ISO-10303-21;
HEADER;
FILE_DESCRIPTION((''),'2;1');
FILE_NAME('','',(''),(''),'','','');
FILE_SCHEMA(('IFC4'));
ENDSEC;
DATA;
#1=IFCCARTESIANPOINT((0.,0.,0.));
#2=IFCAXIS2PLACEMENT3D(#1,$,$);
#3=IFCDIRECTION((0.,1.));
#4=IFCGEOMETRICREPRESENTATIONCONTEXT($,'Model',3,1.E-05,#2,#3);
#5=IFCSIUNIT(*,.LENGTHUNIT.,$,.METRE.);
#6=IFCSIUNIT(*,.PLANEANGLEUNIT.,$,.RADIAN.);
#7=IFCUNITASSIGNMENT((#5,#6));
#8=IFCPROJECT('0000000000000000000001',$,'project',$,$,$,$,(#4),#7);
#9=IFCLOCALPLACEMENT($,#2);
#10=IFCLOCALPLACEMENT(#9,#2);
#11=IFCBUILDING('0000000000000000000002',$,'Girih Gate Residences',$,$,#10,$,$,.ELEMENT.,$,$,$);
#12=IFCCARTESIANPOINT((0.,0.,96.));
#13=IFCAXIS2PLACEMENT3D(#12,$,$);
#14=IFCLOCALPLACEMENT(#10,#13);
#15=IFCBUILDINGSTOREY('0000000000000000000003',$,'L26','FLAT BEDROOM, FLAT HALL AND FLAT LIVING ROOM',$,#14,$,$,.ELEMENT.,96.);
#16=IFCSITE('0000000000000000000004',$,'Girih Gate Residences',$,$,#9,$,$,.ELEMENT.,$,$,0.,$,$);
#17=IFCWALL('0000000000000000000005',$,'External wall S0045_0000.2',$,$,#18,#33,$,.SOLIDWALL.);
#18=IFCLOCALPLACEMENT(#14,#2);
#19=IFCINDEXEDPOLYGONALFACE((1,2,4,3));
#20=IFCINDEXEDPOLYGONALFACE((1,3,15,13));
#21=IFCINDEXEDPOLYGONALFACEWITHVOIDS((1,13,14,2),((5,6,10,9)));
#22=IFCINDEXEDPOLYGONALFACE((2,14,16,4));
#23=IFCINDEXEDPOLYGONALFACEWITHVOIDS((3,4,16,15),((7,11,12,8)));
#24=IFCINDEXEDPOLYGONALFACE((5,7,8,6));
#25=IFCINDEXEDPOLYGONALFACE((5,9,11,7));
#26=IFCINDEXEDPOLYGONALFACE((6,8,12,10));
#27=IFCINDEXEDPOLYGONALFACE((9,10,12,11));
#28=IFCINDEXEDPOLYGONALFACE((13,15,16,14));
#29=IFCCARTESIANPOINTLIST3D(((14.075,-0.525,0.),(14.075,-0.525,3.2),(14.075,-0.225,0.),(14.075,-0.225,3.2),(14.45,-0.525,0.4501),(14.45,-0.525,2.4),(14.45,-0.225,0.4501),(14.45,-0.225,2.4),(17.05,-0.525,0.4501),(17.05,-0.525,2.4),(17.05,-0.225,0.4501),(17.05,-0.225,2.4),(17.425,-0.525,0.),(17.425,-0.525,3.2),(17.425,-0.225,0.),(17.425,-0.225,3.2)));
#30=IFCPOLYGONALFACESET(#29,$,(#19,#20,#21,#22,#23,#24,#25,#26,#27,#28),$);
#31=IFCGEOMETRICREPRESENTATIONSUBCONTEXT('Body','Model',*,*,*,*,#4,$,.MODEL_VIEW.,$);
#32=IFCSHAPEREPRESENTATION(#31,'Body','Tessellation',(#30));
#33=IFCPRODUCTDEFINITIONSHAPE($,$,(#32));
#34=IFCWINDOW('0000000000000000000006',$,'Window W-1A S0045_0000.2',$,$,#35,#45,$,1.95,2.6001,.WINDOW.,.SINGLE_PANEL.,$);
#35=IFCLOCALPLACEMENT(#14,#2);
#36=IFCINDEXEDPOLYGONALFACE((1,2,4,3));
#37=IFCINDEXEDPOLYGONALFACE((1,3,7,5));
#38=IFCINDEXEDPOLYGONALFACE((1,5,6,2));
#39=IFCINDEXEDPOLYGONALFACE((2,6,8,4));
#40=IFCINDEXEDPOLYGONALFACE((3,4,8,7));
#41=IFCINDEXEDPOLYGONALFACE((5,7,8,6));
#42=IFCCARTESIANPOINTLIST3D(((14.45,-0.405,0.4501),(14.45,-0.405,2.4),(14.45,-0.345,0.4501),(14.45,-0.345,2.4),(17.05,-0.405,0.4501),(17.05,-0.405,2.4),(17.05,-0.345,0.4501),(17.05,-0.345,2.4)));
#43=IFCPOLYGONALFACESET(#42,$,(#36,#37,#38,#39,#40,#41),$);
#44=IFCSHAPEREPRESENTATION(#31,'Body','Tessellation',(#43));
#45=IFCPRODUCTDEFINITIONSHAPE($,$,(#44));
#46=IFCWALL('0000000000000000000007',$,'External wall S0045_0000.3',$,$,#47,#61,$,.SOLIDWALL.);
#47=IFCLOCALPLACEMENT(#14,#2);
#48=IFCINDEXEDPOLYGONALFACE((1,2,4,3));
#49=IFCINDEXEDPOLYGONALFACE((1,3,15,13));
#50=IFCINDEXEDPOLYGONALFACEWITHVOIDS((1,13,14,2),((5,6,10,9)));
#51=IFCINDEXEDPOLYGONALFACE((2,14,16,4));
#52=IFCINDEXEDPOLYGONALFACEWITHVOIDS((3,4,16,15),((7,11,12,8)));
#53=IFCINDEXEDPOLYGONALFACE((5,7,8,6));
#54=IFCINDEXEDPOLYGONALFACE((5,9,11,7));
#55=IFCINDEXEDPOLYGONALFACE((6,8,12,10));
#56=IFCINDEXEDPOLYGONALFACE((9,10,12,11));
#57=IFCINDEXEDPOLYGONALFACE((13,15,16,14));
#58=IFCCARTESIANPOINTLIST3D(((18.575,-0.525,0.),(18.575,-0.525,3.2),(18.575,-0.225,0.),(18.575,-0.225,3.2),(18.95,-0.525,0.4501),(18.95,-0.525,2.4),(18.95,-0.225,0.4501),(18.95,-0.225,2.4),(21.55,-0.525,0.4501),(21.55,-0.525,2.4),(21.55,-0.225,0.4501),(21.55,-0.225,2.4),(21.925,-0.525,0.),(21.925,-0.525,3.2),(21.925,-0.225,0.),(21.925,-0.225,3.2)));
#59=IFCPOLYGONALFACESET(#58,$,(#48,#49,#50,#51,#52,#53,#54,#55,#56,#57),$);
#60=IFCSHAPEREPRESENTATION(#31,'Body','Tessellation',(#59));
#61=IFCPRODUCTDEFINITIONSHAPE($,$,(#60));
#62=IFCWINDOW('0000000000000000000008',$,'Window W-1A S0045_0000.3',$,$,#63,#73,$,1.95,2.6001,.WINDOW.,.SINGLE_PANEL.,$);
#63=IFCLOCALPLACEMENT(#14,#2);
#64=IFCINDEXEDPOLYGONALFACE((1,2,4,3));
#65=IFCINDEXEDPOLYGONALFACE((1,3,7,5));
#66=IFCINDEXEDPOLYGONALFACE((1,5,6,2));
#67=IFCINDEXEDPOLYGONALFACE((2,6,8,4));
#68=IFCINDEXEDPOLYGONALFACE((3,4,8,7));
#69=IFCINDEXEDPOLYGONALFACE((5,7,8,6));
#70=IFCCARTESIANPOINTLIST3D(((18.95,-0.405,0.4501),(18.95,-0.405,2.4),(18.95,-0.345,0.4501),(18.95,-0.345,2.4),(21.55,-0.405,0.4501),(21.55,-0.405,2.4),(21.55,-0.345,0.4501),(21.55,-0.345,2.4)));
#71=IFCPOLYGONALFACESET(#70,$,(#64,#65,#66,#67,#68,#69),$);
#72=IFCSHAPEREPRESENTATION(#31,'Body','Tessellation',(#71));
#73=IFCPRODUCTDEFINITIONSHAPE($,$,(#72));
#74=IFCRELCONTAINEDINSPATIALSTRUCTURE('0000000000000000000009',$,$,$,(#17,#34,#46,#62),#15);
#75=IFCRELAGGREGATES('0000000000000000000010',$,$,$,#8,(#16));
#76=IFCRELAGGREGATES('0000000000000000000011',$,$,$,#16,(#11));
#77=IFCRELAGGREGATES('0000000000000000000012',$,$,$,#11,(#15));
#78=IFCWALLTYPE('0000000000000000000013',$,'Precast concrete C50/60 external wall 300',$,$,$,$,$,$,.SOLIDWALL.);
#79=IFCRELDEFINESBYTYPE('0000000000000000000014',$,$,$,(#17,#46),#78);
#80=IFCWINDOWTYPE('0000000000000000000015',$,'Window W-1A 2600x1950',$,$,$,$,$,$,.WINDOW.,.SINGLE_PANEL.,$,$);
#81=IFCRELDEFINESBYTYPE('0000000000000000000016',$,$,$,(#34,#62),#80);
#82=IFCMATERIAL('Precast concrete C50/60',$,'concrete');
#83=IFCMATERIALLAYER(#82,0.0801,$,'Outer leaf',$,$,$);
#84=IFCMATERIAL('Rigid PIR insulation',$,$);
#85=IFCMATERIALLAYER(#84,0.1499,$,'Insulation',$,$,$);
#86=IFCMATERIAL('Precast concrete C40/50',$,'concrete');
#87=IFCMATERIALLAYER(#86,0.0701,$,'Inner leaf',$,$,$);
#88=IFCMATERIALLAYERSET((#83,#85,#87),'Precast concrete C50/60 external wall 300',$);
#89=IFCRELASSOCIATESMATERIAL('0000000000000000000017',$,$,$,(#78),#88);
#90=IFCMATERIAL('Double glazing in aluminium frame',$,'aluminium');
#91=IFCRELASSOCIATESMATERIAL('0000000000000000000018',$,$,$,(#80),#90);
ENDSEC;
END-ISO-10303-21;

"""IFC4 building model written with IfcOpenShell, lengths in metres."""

from ifc_helpers import new_model, si_unit, direction, frame, frame_2d, origin, place, context, subcontext, project, spatial, rectangle, extrude, material, layer, layer_set, type_object, element, fill, save


model = new_model("IFC4")

# Units and contexts
model_context = context("Model", 3, precision=1e-05, world=origin(), true_north=direction((0.0, 1.0)))
body_context = subcontext(model_context, "Body", "Model", "MODEL_VIEW")
ifc_project = project(units=[si_unit("LENGTHUNIT", "METRE"), si_unit("PLANEANGLEUNIT", "RADIAN")], contexts=[model_context])

# Site, building, storey
site_placement = place(None, origin())
site = spatial("IfcSite", under=ifc_project, at=site_placement, Name="Girih Gate Residences", CompositionType="ELEMENT", RefElevation=0.0)
building_placement = place(site_placement, origin())
building = spatial("IfcBuilding", under=site, at=building_placement, Name="Girih Gate Residences", CompositionType="ELEMENT")
storey_placement = place(building_placement, frame((0.0, 0.0, 96.0)))
storey = spatial("IfcBuildingStorey", under=building, at=storey_placement, Name="L26", Description="FLAT BEDROOM, FLAT HALL AND FLAT LIVING ROOM", CompositionType="ELEMENT", Elevation=96.0)

# Walls, openings, windows
ifc_material_1 = material(Name="Precast concrete C50/60", Category="concrete")
ifc_layer_1 = layer(ifc_material_1, 0.0801, Name="Outer leaf")
ifc_material_2 = material(Name="Rigid PIR insulation")
ifc_layer_2 = layer(ifc_material_2, 0.1499, Name="Insulation")
ifc_material_3 = material(Name="Precast concrete C40/50", Category="concrete")
ifc_layer_3 = layer(ifc_material_3, 0.0701, Name="Inner leaf")
ifc_layer_set_1 = layer_set([ifc_layer_1, ifc_layer_2, ifc_layer_3], Name="Precast concrete C50/60 external wall 300")
wall_type_1 = type_object("IfcWallType", Name="Precast concrete C50/60 external wall 300", PredefinedType="SOLIDWALL", material=ifc_layer_set_1)
ifc_material_4 = material(Name="Double glazing in aluminium frame", Category="aluminium")
window_type = type_object("IfcWindowType", Name="Window W-1A 2600x1950", PartitioningType="SINGLE_PANEL", PredefinedType="WINDOW", material=ifc_material_4)
wall_1_placement = place(storey_placement, frame((17.425, -0.375, 0.0), z_axis=(0.0, 0.0, 1.0), x_axis=(-1.0, 0.0, 0.0)))
wall_1 = element("IfcWall", 1, at=wall_1_placement, inside=storey, type_object=wall_type_1, Name="External wall S0045_0000.2", PredefinedType="SOLIDWALL", context=body_context, shape_type="SweptSolid", body=[
    extrude(rectangle(XDim=3.3501, YDim=0.3, at=frame_2d((1.675, 0.0))), origin(), (0.0, 0.0, 1.0), 3.2),
])
opening_1_placement = place(wall_1_placement, frame((0.375, 0.0, 0.45)))
opening_1 = element("IfcOpeningElement", 2, at=opening_1_placement, cuts=wall_1, PredefinedType="OPENING", context=body_context, shape_type="SweptSolid", body=[
    extrude(rectangle(XDim=2.6001, YDim=1.95, at=frame_2d((1.3, 0.9751))), frame((0.0, 0.1599, 0.0), z_axis=(0.0, -1.0, 0.0), x_axis=(1.0, 0.0, 0.0)), (0.0, 0.0, 1.0), 0.3201),
])
window_1_placement = place(opening_1_placement, origin())
window_1 = element("IfcWindow", 3, at=window_1_placement, inside=storey, type_object=window_type, Name="Window W-1A S0045_0000.2", OverallHeight=1.95, OverallWidth=2.6001, PartitioningType="SINGLE_PANEL", PredefinedType="WINDOW", context=body_context, shape_type="SweptSolid", body=[
    extrude(rectangle(XDim=2.6001, YDim=1.95, at=frame_2d((1.3, 0.9751))), frame((0.0, 0.03, 0.0), z_axis=(0.0, -1.0, 0.0), x_axis=(1.0, 0.0, 0.0)), (0.0, 0.0, 1.0), 0.0601),
])
fill(opening_1, window_1)
wall_2_placement = place(storey_placement, frame((21.925, -0.375, 0.0), z_axis=(0.0, 0.0, 1.0), x_axis=(-1.0, 0.0, 0.0)))
wall_2 = element("IfcWall", 4, at=wall_2_placement, inside=storey, type_object=wall_type_1, Name="External wall S0045_0000.3", PredefinedType="SOLIDWALL", context=body_context, shape_type="SweptSolid", body=[
    extrude(rectangle(XDim=3.3501, YDim=0.3, at=frame_2d((1.675, 0.0))), origin(), (0.0, 0.0, 1.0), 3.2),
])
opening_2_placement = place(wall_2_placement, frame((0.375, 0.0, 0.45)))
opening_2 = element("IfcOpeningElement", 5, at=opening_2_placement, cuts=wall_2, PredefinedType="OPENING", context=body_context, shape_type="SweptSolid", body=[
    extrude(rectangle(XDim=2.6001, YDim=1.95, at=frame_2d((1.3, 0.9751))), frame((0.0, 0.1599, 0.0), z_axis=(0.0, -1.0, 0.0), x_axis=(1.0, 0.0, 0.0)), (0.0, 0.0, 1.0), 0.3201),
])
window_2_placement = place(opening_2_placement, origin())
window_2 = element("IfcWindow", 6, at=window_2_placement, inside=storey, type_object=window_type, Name="Window W-1A S0045_0000.3", OverallHeight=1.95, OverallWidth=2.6001, PartitioningType="SINGLE_PANEL", PredefinedType="WINDOW", context=body_context, shape_type="SweptSolid", body=[
    extrude(rectangle(XDim=2.6001, YDim=1.95, at=frame_2d((1.3, 0.9751))), frame((0.0, 0.03, 0.0), z_axis=(0.0, -1.0, 0.0), x_axis=(1.0, 0.0, 0.0)), (0.0, 0.0, 1.0), 0.0601),
])
fill(opening_2, window_2)

save(model, "model.ifc")
